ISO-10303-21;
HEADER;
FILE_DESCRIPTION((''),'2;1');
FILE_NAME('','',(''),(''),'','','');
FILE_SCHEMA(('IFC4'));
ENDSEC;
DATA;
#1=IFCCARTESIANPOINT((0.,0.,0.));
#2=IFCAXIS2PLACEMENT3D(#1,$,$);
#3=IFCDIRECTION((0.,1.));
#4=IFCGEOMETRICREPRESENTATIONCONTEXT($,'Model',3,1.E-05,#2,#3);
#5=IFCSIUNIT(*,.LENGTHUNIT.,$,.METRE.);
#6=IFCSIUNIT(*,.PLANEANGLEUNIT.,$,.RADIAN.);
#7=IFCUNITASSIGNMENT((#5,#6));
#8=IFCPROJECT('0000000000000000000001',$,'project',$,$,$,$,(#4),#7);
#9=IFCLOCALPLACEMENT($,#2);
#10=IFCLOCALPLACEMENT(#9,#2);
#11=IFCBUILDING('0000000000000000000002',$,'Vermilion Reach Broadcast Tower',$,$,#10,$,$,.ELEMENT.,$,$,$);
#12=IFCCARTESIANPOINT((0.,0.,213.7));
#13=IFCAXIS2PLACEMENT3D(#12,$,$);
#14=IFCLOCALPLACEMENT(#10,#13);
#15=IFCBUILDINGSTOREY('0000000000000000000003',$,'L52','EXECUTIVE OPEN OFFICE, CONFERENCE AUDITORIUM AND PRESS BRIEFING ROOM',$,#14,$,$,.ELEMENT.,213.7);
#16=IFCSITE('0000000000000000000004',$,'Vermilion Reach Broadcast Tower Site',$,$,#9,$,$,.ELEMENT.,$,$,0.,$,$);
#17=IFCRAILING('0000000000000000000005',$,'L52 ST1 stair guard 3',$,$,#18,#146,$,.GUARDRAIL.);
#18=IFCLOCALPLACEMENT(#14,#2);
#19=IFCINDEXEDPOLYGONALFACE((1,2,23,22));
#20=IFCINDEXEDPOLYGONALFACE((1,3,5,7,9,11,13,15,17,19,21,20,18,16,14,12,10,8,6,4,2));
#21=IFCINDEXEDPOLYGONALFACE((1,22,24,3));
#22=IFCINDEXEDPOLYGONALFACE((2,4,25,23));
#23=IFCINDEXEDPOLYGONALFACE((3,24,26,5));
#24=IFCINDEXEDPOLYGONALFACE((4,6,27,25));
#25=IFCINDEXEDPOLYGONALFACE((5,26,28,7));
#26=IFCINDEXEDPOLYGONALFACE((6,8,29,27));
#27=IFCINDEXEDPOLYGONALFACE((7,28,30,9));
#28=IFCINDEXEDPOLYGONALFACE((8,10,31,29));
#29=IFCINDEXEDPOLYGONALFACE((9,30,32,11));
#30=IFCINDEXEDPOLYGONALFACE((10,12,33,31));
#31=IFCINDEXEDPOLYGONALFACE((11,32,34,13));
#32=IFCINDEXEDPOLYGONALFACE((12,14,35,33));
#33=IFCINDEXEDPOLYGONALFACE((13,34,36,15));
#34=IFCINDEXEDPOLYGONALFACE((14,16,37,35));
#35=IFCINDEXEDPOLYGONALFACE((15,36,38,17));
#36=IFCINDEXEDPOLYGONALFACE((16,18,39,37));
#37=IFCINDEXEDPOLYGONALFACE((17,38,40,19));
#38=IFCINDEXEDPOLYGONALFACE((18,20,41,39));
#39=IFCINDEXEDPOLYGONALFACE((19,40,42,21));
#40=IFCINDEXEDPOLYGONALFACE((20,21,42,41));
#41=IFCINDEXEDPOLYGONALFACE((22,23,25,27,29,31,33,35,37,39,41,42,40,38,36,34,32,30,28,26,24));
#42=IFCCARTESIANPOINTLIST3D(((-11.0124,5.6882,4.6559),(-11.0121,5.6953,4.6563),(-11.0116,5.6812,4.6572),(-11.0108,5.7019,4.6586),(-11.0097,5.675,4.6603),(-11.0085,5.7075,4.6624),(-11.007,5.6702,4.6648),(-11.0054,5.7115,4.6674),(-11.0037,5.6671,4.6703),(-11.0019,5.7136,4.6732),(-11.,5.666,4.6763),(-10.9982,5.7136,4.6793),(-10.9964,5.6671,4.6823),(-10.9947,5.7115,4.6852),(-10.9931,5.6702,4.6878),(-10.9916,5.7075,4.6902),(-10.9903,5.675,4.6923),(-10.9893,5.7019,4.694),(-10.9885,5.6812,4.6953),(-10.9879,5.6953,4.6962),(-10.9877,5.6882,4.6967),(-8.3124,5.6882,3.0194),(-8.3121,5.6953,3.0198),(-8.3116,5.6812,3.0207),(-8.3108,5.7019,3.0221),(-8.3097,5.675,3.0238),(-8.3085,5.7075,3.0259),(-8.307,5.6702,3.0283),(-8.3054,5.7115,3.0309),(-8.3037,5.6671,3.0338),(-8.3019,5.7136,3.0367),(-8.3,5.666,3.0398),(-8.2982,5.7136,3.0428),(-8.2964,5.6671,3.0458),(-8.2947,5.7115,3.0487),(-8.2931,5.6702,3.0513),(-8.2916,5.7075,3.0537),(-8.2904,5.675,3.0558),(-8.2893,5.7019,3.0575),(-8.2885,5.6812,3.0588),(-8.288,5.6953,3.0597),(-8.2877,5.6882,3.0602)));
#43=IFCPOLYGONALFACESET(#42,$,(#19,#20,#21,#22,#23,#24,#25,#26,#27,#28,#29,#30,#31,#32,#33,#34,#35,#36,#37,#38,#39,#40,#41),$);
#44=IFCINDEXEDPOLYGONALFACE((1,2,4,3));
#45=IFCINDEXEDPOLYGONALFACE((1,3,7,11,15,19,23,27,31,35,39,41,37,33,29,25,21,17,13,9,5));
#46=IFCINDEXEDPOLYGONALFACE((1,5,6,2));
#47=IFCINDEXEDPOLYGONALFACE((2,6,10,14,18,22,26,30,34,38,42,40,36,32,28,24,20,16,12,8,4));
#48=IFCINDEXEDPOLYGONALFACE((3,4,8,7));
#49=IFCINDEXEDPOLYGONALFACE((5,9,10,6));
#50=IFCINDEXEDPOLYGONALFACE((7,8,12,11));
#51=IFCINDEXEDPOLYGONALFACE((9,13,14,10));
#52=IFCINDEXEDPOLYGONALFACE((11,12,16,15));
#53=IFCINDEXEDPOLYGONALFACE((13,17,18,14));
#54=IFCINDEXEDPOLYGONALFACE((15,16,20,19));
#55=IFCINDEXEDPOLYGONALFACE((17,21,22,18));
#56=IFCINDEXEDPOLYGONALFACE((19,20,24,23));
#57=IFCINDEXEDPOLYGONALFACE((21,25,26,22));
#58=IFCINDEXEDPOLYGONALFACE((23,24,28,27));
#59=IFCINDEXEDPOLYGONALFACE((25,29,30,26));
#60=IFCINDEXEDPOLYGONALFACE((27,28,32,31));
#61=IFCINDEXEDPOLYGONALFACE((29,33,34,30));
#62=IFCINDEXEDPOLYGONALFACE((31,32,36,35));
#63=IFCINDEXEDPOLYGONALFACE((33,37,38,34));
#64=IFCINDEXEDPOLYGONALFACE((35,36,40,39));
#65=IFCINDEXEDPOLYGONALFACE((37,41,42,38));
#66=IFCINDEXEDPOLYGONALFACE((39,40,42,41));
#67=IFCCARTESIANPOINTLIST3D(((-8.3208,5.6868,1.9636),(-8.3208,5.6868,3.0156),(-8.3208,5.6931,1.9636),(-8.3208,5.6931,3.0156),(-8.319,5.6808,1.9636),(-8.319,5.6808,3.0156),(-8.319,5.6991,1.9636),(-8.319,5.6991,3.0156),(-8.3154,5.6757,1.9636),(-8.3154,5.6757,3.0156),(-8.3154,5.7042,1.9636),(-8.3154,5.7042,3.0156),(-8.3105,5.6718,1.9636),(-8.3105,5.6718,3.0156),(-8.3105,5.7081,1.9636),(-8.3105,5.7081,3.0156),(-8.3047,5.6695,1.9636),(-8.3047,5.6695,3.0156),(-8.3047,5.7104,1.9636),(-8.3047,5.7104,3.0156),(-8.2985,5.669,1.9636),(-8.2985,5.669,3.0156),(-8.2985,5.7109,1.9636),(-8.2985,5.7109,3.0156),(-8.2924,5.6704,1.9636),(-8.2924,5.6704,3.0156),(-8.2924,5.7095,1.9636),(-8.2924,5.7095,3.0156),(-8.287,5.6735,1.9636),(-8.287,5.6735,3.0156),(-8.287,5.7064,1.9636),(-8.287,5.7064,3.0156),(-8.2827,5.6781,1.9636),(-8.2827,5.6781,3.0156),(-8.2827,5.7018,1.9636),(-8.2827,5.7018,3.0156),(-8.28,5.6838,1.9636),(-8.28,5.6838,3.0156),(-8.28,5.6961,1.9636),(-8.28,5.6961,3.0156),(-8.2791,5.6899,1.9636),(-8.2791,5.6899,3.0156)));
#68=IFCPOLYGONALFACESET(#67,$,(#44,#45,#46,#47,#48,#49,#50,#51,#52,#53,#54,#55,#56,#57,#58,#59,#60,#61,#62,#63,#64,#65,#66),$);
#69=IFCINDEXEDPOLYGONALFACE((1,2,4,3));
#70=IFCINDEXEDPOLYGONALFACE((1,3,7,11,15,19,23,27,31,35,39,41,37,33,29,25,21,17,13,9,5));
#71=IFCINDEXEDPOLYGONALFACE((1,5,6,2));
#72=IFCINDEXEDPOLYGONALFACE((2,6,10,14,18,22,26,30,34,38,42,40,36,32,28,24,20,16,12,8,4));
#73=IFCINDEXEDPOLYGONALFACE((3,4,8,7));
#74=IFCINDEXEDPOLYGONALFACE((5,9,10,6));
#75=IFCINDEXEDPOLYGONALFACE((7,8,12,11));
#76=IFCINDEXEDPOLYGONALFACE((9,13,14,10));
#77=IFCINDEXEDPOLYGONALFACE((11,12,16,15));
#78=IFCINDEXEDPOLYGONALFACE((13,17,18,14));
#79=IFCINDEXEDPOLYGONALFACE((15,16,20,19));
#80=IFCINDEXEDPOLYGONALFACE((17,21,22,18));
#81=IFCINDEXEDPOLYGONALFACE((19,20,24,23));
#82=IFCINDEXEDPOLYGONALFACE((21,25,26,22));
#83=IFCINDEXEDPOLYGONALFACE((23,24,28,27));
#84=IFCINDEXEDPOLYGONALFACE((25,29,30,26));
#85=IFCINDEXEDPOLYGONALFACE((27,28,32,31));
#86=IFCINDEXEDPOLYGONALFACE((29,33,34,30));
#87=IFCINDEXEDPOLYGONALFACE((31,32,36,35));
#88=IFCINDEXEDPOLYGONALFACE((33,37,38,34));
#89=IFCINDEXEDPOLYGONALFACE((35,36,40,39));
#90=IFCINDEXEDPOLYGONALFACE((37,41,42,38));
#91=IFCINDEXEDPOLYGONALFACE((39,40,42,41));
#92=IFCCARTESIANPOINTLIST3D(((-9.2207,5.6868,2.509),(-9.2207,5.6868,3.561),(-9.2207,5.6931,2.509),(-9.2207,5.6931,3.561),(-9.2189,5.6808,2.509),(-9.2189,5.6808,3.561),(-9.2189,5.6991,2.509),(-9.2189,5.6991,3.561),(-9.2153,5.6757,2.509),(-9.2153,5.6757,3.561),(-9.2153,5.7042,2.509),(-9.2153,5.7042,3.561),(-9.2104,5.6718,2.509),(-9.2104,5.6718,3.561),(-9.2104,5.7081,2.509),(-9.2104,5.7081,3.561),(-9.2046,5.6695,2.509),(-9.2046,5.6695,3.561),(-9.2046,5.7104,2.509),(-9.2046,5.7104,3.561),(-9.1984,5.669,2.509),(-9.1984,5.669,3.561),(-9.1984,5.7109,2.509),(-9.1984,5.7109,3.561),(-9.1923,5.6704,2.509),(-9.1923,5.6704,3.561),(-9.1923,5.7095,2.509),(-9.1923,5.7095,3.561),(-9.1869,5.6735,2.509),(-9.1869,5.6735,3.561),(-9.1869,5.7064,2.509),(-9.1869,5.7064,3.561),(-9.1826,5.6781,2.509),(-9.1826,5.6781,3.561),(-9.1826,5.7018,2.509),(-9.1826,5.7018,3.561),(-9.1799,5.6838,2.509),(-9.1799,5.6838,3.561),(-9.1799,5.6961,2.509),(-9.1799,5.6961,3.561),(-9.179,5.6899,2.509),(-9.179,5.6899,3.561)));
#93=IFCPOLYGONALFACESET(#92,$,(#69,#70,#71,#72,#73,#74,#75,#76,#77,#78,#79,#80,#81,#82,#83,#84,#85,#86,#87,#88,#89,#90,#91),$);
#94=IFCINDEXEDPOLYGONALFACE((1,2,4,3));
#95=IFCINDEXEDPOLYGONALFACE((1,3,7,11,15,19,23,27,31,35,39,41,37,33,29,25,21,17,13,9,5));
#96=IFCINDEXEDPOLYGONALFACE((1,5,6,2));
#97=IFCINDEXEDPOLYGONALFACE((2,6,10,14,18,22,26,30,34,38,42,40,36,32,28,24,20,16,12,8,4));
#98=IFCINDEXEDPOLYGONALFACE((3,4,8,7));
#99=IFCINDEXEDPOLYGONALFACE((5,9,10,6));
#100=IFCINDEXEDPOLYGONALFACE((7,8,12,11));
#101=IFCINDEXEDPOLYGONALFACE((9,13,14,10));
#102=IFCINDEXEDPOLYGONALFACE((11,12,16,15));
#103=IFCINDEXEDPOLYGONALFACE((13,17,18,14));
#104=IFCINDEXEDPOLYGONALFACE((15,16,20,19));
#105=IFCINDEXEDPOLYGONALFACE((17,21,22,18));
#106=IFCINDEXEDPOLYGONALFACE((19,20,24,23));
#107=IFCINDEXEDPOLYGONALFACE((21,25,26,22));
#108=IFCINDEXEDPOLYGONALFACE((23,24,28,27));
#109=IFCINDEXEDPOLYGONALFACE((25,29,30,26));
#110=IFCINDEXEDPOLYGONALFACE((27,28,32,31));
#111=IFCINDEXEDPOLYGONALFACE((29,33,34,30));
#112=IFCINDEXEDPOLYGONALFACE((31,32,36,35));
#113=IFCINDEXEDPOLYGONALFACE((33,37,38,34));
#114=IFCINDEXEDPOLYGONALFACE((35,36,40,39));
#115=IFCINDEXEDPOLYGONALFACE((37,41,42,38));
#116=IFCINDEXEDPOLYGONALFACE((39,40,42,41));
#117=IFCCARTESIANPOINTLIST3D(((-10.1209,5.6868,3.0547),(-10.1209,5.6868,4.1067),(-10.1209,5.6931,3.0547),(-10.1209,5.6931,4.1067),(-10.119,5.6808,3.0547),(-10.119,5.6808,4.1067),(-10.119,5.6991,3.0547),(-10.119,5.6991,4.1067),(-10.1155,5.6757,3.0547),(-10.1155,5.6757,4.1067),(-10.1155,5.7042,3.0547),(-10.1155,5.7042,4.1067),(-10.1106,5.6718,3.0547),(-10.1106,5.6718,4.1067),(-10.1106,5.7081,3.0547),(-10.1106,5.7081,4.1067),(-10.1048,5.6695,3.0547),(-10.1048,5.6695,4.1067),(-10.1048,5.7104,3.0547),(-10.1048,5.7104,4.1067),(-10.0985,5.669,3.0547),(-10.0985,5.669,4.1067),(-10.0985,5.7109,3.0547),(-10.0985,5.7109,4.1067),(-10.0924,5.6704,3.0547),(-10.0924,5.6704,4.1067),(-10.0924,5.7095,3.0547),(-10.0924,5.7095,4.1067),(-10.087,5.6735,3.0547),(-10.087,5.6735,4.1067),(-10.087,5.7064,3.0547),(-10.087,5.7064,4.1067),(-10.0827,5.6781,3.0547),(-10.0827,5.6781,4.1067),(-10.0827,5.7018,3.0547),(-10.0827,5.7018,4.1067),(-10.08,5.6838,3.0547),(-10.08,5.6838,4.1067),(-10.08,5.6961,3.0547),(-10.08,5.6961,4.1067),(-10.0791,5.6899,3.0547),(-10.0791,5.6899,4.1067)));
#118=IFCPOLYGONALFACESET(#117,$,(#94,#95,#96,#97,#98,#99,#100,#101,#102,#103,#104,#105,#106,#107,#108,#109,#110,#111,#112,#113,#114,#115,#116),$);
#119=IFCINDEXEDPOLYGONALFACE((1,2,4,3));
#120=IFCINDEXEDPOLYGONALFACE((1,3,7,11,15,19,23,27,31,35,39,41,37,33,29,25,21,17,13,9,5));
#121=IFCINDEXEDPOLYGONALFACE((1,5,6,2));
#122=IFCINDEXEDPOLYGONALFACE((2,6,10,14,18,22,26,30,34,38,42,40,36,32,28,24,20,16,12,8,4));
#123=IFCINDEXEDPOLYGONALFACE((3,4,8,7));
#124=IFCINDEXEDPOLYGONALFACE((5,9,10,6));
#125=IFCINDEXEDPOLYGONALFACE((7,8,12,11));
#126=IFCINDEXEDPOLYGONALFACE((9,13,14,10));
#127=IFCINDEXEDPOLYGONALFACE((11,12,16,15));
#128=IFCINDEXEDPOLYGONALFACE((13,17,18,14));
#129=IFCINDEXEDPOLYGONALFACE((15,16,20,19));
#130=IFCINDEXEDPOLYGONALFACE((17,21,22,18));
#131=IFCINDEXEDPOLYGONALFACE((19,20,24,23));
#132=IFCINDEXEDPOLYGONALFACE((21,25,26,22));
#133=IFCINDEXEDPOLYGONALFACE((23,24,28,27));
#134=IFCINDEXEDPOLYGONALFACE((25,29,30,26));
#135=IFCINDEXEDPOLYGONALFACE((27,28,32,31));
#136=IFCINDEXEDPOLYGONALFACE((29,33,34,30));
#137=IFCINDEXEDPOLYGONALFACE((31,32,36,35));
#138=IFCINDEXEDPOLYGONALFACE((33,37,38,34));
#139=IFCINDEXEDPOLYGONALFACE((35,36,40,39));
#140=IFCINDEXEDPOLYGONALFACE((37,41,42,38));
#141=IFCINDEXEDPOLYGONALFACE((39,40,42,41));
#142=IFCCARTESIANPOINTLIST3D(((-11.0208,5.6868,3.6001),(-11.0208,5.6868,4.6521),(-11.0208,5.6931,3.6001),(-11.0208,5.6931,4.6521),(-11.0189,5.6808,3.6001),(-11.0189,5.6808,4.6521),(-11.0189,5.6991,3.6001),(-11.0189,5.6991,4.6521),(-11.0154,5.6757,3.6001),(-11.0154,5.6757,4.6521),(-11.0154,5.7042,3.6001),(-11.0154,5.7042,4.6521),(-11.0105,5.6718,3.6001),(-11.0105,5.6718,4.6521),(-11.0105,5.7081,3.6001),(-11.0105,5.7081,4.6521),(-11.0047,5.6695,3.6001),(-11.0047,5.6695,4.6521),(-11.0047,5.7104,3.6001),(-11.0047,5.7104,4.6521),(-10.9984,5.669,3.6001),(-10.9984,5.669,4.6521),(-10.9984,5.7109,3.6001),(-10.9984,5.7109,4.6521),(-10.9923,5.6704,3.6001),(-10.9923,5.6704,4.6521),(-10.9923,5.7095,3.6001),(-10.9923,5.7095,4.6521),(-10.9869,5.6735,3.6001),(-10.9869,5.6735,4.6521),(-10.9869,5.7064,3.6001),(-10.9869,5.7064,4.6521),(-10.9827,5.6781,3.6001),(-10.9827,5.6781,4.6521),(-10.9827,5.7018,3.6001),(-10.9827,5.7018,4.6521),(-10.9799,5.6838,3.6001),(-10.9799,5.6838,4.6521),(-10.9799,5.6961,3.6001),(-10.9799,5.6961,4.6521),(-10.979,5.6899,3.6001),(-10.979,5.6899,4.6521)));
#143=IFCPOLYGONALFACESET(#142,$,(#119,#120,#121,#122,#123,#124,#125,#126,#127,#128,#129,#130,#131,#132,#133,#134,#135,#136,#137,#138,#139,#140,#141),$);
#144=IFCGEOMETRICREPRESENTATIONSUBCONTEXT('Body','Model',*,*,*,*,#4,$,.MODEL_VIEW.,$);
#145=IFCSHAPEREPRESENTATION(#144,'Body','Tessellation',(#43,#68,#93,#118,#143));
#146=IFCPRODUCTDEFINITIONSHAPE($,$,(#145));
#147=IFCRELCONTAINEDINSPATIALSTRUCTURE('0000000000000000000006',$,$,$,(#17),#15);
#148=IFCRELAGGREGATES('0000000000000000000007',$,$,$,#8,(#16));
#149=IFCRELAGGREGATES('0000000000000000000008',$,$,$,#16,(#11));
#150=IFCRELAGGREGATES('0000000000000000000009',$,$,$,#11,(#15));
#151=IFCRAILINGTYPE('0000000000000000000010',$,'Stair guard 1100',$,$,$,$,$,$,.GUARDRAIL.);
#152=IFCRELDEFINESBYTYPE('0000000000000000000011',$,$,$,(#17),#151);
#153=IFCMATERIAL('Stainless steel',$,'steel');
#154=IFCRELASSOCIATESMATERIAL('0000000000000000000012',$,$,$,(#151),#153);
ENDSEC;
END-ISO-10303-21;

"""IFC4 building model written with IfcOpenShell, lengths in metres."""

from ifc_helpers import new_model, si_unit, direction, frame, origin, origin_2d, place, context, subcontext, project, spatial, circle, extrude, material, type_object, element, save


model = new_model("IFC4")

# Units and contexts
model_context = context("Model", 3, precision=1e-05, world=origin(), true_north=direction((0.0, 1.0)))
body_context = subcontext(model_context, "Body", "Model", "MODEL_VIEW")
ifc_project = project(units=[si_unit("LENGTHUNIT", "METRE"), si_unit("PLANEANGLEUNIT", "RADIAN")], contexts=[model_context])

# Site, building, storey
site_placement = place(None, origin())
site = spatial("IfcSite", under=ifc_project, at=site_placement, Name="Vermilion Reach Broadcast Tower Site", CompositionType="ELEMENT", RefElevation=0.0)
building_placement = place(site_placement, origin())
building = spatial("IfcBuilding", under=site, at=building_placement, Name="Vermilion Reach Broadcast Tower", CompositionType="ELEMENT")
storey_placement = place(building_placement, frame((0.0, 0.0, 213.7)))
storey = spatial("IfcBuildingStorey", under=building, at=storey_placement, Name="L52", Description="EXECUTIVE OPEN OFFICE, CONFERENCE AUDITORIUM AND PRESS BRIEFING ROOM", CompositionType="ELEMENT", Elevation=213.7)

# Railing
ifc_material_1 = material(Name="Stainless steel", Category="steel")
railing_type_1 = type_object("IfcRailingType", Name="Stair guard 1100", PredefinedType="GUARDRAIL", material=ifc_material_1)
railing_1_placement = place(storey_placement, frame((-8.3, 5.6899, 1.9636)))
element("IfcRailing", 1, at=railing_1_placement, inside=storey, type_object=railing_type_1, Name="L52 ST1 stair guard 3", PredefinedType="GUARDRAIL", context=body_context, shape_type="SweptSolid", body=[
    extrude(circle(Radius=0.0239, at=origin_2d()), frame((0.0, 0.0, 1.0762), z_axis=(-0.855178, 0.0, 0.518334), x_axis=(0.0, -1.0, 0.0)), (0.0, 0.0, 1.0), 3.1572),
    extrude(circle(Radius=0.021, at=origin_2d()), origin(), (0.0, 0.0, 1.0), 1.052),
    extrude(circle(Radius=0.021, at=origin_2d()), frame((-0.8999, 0.0, 0.5454)), (0.0, 0.0, 1.0), 1.052),
    extrude(circle(Radius=0.021, at=origin_2d()), frame((-1.8, 0.0, 1.0911)), (0.0, 0.0, 1.0), 1.052),
    extrude(circle(Radius=0.021, at=origin_2d()), frame((-2.7, 0.0, 1.6365)), (0.0, 0.0, 1.0), 1.052),
])

save(model, "model.ifc")
